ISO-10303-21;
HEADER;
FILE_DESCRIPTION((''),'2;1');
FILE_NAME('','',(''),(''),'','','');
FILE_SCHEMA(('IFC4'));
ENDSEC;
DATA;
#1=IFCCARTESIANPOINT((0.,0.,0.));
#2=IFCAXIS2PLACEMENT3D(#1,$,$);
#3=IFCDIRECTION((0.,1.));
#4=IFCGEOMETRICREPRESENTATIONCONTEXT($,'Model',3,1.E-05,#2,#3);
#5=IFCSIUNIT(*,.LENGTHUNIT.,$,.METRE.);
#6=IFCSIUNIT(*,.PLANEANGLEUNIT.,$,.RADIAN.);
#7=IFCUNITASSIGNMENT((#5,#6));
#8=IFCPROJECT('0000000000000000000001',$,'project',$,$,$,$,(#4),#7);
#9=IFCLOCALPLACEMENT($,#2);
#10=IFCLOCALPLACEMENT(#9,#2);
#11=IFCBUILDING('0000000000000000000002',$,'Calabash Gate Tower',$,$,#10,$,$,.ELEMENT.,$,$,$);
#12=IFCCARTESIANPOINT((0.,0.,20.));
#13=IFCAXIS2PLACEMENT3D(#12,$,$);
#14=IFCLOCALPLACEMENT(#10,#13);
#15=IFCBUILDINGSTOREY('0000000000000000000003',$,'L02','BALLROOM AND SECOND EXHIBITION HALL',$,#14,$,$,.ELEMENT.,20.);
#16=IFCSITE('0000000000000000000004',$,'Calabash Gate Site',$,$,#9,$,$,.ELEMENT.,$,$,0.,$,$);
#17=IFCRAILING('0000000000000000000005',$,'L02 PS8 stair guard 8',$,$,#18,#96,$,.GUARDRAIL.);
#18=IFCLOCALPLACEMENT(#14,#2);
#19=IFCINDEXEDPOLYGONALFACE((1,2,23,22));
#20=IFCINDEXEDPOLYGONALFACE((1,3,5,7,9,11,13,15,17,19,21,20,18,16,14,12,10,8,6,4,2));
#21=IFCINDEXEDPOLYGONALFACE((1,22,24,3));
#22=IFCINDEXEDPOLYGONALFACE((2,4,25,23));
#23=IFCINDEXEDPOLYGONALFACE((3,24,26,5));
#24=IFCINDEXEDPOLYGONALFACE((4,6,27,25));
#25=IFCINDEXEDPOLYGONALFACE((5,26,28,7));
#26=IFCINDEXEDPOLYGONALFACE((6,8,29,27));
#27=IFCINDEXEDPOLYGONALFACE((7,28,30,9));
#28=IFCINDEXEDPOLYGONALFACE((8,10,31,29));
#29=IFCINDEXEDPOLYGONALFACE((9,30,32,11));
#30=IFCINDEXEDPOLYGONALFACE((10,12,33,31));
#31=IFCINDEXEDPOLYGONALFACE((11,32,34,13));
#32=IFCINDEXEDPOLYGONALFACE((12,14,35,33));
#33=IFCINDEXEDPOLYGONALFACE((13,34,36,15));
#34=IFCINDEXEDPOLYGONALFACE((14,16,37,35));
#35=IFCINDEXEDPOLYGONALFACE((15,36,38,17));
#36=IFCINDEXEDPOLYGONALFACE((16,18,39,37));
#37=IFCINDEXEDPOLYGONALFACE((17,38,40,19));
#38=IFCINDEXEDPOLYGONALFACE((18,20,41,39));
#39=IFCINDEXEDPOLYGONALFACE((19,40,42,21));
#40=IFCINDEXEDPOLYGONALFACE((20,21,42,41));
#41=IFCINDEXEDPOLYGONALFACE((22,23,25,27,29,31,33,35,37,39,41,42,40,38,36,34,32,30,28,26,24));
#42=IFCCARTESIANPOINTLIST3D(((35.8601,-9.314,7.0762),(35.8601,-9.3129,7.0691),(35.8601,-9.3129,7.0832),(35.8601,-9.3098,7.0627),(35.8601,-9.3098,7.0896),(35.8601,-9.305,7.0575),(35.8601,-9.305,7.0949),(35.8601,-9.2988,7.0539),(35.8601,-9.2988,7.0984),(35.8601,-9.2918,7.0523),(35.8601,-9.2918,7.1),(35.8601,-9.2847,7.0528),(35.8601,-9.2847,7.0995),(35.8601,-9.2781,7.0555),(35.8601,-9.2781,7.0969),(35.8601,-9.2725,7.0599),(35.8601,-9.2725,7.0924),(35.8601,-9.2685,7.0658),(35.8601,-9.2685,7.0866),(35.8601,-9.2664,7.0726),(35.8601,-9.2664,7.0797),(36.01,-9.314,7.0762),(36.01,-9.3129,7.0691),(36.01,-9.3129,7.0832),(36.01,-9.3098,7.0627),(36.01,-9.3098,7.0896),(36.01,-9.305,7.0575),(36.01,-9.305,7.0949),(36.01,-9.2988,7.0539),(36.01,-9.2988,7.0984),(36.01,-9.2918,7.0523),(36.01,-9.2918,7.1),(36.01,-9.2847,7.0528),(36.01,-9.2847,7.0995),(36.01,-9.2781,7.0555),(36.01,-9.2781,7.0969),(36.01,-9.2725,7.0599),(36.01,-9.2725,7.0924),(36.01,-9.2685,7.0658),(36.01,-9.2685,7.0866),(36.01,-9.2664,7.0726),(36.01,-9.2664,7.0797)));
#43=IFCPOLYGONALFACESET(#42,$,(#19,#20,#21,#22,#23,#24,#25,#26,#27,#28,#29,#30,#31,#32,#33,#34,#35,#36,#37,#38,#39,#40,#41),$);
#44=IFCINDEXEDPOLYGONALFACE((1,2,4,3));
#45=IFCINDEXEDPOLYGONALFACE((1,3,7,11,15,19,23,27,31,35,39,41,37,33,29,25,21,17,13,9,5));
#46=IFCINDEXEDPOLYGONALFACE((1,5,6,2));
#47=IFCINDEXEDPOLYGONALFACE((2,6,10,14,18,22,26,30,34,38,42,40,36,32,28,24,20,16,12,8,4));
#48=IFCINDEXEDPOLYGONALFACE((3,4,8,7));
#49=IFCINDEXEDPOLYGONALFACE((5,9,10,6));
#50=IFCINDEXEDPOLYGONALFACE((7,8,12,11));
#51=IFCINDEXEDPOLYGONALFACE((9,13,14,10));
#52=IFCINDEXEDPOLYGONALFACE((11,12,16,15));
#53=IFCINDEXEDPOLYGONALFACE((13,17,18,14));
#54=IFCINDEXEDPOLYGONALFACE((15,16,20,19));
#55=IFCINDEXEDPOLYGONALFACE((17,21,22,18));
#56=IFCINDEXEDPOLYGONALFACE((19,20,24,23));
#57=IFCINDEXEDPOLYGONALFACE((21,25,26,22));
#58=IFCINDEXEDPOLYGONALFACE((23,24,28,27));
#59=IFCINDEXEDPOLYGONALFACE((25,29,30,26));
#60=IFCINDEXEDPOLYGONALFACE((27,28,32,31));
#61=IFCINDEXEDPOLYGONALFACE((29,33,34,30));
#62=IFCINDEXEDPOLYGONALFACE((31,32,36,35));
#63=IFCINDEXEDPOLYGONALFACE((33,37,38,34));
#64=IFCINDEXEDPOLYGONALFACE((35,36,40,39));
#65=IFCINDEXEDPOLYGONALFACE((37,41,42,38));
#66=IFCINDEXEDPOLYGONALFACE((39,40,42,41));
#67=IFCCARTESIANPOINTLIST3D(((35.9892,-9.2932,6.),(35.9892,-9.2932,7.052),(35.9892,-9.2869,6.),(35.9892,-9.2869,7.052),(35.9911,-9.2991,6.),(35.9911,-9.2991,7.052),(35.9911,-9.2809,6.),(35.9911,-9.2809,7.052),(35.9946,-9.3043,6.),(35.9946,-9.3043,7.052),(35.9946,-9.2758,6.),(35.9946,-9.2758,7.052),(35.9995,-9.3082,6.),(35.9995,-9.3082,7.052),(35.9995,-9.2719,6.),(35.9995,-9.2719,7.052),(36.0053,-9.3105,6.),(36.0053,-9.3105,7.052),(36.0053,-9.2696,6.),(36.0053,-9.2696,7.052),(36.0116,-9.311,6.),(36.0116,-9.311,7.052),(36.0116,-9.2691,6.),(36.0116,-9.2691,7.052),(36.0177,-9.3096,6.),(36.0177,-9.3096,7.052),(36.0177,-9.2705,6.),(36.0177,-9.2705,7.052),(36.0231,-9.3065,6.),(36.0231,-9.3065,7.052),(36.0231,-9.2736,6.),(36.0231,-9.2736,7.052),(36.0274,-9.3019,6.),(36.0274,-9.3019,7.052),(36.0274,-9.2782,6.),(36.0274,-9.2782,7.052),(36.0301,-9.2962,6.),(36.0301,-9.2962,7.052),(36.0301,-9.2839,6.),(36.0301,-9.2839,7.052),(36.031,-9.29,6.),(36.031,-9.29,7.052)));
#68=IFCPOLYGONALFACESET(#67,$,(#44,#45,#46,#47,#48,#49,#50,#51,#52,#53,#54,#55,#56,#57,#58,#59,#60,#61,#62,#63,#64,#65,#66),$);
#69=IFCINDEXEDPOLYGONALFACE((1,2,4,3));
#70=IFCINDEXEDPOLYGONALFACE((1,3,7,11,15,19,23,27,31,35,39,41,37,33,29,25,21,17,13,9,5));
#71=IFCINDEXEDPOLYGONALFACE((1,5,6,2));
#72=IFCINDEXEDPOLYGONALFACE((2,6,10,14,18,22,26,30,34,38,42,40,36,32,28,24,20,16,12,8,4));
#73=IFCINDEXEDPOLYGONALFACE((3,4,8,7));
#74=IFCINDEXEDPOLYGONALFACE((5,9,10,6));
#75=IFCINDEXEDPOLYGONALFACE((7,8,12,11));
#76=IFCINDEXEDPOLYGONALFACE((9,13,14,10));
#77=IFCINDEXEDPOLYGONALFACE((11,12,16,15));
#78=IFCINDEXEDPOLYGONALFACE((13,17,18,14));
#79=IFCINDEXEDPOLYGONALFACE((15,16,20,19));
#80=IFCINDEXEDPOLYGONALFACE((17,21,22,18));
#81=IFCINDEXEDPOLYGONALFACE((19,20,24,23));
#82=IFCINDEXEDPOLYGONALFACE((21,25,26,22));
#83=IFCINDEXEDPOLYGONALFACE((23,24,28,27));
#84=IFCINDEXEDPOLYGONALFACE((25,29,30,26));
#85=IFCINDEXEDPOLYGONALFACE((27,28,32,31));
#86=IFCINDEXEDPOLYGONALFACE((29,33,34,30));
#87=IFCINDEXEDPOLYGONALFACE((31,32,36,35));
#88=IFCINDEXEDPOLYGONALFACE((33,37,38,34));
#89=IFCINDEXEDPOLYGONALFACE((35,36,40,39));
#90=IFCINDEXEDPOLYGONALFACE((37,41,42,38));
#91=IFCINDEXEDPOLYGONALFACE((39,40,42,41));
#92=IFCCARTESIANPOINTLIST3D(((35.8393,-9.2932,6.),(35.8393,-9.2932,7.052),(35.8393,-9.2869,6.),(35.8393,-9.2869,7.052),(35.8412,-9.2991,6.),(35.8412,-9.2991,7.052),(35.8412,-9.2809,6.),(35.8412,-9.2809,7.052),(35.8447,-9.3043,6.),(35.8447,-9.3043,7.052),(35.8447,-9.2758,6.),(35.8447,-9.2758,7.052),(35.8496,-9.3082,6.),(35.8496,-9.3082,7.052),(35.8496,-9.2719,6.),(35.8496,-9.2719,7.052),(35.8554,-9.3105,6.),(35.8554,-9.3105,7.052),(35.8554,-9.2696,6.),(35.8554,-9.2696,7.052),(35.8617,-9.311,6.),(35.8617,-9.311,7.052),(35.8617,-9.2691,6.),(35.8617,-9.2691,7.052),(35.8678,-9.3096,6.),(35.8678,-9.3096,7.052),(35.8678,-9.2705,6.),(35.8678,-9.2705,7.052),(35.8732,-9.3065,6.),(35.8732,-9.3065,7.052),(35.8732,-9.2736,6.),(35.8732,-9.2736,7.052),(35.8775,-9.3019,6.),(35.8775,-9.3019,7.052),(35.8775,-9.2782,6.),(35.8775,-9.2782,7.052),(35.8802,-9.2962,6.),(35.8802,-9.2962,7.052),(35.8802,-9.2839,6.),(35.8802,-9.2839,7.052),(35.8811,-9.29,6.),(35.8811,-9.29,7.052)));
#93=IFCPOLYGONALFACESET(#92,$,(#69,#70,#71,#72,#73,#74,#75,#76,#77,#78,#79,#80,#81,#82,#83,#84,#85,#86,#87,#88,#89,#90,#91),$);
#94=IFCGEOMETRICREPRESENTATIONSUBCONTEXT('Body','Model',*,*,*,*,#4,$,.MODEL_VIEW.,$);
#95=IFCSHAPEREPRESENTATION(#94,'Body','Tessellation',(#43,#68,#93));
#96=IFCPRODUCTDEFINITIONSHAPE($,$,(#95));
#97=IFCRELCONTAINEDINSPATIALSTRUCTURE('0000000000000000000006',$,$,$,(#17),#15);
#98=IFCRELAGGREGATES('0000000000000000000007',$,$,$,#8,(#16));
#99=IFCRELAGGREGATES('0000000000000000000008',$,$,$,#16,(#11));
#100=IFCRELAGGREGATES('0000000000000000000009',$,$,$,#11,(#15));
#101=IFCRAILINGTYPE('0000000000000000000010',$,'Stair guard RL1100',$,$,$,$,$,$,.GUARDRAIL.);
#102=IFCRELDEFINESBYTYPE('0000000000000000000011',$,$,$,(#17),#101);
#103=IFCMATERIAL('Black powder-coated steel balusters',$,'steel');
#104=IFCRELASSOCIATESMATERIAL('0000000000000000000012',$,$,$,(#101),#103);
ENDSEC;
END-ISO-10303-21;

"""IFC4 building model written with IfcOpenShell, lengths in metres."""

from ifc_helpers import new_model, si_unit, direction, frame, origin, origin_2d, place, context, subcontext, project, spatial, circle, extrude, material, type_object, element, save


model = new_model("IFC4")

# Units and contexts
model_context = context("Model", 3, precision=1e-05, world=origin(), true_north=direction((0.0, 1.0)))
body_context = subcontext(model_context, "Body", "Model", "MODEL_VIEW")
ifc_project = project(units=[si_unit("LENGTHUNIT", "METRE"), si_unit("PLANEANGLEUNIT", "RADIAN")], contexts=[model_context])

# Site, building, storey
site_placement = place(None, origin())
site = spatial("IfcSite", under=ifc_project, at=site_placement, Name="Calabash Gate Site", CompositionType="ELEMENT", RefElevation=0.0)
building_placement = place(site_placement, origin())
building = spatial("IfcBuilding", under=site, at=building_placement, Name="Calabash Gate Tower", CompositionType="ELEMENT")
storey_placement = place(building_placement, frame((0.0, 0.0, 20.0)))
storey = spatial("IfcBuildingStorey", under=building, at=storey_placement, Name="L02", Description="BALLROOM AND SECOND EXHIBITION HALL", CompositionType="ELEMENT", Elevation=20.0)

# Railing
ifc_material_1 = material(Name="Black powder-coated steel balusters", Category="steel")
railing_type_1 = type_object("IfcRailingType", Name="Stair guard RL1100", PredefinedType="GUARDRAIL", material=ifc_material_1)
railing_1_placement = place(storey_placement, frame((36.01, -9.29, 6.0)))
element("IfcRailing", 1, at=railing_1_placement, inside=storey, type_object=railing_type_1, Name="L02 PS8 stair guard 8", PredefinedType="GUARDRAIL", context=body_context, shape_type="SweptSolid", body=[
    extrude(circle(Radius=0.0239, at=origin_2d()), frame((0.0, 0.0, 1.0762), z_axis=(-1.0, 0.0, 0.0), x_axis=(0.0, -1.0, 0.0)), (0.0, 0.0, 1.0), 0.1499),
    extrude(circle(Radius=0.021, at=origin_2d()), origin(), (0.0, 0.0, 1.0), 1.052),
    extrude(circle(Radius=0.021, at=origin_2d()), frame((-0.1499, 0.0, 0.0)), (0.0, 0.0, 1.0), 1.052),
])

save(model, "model.ifc")
